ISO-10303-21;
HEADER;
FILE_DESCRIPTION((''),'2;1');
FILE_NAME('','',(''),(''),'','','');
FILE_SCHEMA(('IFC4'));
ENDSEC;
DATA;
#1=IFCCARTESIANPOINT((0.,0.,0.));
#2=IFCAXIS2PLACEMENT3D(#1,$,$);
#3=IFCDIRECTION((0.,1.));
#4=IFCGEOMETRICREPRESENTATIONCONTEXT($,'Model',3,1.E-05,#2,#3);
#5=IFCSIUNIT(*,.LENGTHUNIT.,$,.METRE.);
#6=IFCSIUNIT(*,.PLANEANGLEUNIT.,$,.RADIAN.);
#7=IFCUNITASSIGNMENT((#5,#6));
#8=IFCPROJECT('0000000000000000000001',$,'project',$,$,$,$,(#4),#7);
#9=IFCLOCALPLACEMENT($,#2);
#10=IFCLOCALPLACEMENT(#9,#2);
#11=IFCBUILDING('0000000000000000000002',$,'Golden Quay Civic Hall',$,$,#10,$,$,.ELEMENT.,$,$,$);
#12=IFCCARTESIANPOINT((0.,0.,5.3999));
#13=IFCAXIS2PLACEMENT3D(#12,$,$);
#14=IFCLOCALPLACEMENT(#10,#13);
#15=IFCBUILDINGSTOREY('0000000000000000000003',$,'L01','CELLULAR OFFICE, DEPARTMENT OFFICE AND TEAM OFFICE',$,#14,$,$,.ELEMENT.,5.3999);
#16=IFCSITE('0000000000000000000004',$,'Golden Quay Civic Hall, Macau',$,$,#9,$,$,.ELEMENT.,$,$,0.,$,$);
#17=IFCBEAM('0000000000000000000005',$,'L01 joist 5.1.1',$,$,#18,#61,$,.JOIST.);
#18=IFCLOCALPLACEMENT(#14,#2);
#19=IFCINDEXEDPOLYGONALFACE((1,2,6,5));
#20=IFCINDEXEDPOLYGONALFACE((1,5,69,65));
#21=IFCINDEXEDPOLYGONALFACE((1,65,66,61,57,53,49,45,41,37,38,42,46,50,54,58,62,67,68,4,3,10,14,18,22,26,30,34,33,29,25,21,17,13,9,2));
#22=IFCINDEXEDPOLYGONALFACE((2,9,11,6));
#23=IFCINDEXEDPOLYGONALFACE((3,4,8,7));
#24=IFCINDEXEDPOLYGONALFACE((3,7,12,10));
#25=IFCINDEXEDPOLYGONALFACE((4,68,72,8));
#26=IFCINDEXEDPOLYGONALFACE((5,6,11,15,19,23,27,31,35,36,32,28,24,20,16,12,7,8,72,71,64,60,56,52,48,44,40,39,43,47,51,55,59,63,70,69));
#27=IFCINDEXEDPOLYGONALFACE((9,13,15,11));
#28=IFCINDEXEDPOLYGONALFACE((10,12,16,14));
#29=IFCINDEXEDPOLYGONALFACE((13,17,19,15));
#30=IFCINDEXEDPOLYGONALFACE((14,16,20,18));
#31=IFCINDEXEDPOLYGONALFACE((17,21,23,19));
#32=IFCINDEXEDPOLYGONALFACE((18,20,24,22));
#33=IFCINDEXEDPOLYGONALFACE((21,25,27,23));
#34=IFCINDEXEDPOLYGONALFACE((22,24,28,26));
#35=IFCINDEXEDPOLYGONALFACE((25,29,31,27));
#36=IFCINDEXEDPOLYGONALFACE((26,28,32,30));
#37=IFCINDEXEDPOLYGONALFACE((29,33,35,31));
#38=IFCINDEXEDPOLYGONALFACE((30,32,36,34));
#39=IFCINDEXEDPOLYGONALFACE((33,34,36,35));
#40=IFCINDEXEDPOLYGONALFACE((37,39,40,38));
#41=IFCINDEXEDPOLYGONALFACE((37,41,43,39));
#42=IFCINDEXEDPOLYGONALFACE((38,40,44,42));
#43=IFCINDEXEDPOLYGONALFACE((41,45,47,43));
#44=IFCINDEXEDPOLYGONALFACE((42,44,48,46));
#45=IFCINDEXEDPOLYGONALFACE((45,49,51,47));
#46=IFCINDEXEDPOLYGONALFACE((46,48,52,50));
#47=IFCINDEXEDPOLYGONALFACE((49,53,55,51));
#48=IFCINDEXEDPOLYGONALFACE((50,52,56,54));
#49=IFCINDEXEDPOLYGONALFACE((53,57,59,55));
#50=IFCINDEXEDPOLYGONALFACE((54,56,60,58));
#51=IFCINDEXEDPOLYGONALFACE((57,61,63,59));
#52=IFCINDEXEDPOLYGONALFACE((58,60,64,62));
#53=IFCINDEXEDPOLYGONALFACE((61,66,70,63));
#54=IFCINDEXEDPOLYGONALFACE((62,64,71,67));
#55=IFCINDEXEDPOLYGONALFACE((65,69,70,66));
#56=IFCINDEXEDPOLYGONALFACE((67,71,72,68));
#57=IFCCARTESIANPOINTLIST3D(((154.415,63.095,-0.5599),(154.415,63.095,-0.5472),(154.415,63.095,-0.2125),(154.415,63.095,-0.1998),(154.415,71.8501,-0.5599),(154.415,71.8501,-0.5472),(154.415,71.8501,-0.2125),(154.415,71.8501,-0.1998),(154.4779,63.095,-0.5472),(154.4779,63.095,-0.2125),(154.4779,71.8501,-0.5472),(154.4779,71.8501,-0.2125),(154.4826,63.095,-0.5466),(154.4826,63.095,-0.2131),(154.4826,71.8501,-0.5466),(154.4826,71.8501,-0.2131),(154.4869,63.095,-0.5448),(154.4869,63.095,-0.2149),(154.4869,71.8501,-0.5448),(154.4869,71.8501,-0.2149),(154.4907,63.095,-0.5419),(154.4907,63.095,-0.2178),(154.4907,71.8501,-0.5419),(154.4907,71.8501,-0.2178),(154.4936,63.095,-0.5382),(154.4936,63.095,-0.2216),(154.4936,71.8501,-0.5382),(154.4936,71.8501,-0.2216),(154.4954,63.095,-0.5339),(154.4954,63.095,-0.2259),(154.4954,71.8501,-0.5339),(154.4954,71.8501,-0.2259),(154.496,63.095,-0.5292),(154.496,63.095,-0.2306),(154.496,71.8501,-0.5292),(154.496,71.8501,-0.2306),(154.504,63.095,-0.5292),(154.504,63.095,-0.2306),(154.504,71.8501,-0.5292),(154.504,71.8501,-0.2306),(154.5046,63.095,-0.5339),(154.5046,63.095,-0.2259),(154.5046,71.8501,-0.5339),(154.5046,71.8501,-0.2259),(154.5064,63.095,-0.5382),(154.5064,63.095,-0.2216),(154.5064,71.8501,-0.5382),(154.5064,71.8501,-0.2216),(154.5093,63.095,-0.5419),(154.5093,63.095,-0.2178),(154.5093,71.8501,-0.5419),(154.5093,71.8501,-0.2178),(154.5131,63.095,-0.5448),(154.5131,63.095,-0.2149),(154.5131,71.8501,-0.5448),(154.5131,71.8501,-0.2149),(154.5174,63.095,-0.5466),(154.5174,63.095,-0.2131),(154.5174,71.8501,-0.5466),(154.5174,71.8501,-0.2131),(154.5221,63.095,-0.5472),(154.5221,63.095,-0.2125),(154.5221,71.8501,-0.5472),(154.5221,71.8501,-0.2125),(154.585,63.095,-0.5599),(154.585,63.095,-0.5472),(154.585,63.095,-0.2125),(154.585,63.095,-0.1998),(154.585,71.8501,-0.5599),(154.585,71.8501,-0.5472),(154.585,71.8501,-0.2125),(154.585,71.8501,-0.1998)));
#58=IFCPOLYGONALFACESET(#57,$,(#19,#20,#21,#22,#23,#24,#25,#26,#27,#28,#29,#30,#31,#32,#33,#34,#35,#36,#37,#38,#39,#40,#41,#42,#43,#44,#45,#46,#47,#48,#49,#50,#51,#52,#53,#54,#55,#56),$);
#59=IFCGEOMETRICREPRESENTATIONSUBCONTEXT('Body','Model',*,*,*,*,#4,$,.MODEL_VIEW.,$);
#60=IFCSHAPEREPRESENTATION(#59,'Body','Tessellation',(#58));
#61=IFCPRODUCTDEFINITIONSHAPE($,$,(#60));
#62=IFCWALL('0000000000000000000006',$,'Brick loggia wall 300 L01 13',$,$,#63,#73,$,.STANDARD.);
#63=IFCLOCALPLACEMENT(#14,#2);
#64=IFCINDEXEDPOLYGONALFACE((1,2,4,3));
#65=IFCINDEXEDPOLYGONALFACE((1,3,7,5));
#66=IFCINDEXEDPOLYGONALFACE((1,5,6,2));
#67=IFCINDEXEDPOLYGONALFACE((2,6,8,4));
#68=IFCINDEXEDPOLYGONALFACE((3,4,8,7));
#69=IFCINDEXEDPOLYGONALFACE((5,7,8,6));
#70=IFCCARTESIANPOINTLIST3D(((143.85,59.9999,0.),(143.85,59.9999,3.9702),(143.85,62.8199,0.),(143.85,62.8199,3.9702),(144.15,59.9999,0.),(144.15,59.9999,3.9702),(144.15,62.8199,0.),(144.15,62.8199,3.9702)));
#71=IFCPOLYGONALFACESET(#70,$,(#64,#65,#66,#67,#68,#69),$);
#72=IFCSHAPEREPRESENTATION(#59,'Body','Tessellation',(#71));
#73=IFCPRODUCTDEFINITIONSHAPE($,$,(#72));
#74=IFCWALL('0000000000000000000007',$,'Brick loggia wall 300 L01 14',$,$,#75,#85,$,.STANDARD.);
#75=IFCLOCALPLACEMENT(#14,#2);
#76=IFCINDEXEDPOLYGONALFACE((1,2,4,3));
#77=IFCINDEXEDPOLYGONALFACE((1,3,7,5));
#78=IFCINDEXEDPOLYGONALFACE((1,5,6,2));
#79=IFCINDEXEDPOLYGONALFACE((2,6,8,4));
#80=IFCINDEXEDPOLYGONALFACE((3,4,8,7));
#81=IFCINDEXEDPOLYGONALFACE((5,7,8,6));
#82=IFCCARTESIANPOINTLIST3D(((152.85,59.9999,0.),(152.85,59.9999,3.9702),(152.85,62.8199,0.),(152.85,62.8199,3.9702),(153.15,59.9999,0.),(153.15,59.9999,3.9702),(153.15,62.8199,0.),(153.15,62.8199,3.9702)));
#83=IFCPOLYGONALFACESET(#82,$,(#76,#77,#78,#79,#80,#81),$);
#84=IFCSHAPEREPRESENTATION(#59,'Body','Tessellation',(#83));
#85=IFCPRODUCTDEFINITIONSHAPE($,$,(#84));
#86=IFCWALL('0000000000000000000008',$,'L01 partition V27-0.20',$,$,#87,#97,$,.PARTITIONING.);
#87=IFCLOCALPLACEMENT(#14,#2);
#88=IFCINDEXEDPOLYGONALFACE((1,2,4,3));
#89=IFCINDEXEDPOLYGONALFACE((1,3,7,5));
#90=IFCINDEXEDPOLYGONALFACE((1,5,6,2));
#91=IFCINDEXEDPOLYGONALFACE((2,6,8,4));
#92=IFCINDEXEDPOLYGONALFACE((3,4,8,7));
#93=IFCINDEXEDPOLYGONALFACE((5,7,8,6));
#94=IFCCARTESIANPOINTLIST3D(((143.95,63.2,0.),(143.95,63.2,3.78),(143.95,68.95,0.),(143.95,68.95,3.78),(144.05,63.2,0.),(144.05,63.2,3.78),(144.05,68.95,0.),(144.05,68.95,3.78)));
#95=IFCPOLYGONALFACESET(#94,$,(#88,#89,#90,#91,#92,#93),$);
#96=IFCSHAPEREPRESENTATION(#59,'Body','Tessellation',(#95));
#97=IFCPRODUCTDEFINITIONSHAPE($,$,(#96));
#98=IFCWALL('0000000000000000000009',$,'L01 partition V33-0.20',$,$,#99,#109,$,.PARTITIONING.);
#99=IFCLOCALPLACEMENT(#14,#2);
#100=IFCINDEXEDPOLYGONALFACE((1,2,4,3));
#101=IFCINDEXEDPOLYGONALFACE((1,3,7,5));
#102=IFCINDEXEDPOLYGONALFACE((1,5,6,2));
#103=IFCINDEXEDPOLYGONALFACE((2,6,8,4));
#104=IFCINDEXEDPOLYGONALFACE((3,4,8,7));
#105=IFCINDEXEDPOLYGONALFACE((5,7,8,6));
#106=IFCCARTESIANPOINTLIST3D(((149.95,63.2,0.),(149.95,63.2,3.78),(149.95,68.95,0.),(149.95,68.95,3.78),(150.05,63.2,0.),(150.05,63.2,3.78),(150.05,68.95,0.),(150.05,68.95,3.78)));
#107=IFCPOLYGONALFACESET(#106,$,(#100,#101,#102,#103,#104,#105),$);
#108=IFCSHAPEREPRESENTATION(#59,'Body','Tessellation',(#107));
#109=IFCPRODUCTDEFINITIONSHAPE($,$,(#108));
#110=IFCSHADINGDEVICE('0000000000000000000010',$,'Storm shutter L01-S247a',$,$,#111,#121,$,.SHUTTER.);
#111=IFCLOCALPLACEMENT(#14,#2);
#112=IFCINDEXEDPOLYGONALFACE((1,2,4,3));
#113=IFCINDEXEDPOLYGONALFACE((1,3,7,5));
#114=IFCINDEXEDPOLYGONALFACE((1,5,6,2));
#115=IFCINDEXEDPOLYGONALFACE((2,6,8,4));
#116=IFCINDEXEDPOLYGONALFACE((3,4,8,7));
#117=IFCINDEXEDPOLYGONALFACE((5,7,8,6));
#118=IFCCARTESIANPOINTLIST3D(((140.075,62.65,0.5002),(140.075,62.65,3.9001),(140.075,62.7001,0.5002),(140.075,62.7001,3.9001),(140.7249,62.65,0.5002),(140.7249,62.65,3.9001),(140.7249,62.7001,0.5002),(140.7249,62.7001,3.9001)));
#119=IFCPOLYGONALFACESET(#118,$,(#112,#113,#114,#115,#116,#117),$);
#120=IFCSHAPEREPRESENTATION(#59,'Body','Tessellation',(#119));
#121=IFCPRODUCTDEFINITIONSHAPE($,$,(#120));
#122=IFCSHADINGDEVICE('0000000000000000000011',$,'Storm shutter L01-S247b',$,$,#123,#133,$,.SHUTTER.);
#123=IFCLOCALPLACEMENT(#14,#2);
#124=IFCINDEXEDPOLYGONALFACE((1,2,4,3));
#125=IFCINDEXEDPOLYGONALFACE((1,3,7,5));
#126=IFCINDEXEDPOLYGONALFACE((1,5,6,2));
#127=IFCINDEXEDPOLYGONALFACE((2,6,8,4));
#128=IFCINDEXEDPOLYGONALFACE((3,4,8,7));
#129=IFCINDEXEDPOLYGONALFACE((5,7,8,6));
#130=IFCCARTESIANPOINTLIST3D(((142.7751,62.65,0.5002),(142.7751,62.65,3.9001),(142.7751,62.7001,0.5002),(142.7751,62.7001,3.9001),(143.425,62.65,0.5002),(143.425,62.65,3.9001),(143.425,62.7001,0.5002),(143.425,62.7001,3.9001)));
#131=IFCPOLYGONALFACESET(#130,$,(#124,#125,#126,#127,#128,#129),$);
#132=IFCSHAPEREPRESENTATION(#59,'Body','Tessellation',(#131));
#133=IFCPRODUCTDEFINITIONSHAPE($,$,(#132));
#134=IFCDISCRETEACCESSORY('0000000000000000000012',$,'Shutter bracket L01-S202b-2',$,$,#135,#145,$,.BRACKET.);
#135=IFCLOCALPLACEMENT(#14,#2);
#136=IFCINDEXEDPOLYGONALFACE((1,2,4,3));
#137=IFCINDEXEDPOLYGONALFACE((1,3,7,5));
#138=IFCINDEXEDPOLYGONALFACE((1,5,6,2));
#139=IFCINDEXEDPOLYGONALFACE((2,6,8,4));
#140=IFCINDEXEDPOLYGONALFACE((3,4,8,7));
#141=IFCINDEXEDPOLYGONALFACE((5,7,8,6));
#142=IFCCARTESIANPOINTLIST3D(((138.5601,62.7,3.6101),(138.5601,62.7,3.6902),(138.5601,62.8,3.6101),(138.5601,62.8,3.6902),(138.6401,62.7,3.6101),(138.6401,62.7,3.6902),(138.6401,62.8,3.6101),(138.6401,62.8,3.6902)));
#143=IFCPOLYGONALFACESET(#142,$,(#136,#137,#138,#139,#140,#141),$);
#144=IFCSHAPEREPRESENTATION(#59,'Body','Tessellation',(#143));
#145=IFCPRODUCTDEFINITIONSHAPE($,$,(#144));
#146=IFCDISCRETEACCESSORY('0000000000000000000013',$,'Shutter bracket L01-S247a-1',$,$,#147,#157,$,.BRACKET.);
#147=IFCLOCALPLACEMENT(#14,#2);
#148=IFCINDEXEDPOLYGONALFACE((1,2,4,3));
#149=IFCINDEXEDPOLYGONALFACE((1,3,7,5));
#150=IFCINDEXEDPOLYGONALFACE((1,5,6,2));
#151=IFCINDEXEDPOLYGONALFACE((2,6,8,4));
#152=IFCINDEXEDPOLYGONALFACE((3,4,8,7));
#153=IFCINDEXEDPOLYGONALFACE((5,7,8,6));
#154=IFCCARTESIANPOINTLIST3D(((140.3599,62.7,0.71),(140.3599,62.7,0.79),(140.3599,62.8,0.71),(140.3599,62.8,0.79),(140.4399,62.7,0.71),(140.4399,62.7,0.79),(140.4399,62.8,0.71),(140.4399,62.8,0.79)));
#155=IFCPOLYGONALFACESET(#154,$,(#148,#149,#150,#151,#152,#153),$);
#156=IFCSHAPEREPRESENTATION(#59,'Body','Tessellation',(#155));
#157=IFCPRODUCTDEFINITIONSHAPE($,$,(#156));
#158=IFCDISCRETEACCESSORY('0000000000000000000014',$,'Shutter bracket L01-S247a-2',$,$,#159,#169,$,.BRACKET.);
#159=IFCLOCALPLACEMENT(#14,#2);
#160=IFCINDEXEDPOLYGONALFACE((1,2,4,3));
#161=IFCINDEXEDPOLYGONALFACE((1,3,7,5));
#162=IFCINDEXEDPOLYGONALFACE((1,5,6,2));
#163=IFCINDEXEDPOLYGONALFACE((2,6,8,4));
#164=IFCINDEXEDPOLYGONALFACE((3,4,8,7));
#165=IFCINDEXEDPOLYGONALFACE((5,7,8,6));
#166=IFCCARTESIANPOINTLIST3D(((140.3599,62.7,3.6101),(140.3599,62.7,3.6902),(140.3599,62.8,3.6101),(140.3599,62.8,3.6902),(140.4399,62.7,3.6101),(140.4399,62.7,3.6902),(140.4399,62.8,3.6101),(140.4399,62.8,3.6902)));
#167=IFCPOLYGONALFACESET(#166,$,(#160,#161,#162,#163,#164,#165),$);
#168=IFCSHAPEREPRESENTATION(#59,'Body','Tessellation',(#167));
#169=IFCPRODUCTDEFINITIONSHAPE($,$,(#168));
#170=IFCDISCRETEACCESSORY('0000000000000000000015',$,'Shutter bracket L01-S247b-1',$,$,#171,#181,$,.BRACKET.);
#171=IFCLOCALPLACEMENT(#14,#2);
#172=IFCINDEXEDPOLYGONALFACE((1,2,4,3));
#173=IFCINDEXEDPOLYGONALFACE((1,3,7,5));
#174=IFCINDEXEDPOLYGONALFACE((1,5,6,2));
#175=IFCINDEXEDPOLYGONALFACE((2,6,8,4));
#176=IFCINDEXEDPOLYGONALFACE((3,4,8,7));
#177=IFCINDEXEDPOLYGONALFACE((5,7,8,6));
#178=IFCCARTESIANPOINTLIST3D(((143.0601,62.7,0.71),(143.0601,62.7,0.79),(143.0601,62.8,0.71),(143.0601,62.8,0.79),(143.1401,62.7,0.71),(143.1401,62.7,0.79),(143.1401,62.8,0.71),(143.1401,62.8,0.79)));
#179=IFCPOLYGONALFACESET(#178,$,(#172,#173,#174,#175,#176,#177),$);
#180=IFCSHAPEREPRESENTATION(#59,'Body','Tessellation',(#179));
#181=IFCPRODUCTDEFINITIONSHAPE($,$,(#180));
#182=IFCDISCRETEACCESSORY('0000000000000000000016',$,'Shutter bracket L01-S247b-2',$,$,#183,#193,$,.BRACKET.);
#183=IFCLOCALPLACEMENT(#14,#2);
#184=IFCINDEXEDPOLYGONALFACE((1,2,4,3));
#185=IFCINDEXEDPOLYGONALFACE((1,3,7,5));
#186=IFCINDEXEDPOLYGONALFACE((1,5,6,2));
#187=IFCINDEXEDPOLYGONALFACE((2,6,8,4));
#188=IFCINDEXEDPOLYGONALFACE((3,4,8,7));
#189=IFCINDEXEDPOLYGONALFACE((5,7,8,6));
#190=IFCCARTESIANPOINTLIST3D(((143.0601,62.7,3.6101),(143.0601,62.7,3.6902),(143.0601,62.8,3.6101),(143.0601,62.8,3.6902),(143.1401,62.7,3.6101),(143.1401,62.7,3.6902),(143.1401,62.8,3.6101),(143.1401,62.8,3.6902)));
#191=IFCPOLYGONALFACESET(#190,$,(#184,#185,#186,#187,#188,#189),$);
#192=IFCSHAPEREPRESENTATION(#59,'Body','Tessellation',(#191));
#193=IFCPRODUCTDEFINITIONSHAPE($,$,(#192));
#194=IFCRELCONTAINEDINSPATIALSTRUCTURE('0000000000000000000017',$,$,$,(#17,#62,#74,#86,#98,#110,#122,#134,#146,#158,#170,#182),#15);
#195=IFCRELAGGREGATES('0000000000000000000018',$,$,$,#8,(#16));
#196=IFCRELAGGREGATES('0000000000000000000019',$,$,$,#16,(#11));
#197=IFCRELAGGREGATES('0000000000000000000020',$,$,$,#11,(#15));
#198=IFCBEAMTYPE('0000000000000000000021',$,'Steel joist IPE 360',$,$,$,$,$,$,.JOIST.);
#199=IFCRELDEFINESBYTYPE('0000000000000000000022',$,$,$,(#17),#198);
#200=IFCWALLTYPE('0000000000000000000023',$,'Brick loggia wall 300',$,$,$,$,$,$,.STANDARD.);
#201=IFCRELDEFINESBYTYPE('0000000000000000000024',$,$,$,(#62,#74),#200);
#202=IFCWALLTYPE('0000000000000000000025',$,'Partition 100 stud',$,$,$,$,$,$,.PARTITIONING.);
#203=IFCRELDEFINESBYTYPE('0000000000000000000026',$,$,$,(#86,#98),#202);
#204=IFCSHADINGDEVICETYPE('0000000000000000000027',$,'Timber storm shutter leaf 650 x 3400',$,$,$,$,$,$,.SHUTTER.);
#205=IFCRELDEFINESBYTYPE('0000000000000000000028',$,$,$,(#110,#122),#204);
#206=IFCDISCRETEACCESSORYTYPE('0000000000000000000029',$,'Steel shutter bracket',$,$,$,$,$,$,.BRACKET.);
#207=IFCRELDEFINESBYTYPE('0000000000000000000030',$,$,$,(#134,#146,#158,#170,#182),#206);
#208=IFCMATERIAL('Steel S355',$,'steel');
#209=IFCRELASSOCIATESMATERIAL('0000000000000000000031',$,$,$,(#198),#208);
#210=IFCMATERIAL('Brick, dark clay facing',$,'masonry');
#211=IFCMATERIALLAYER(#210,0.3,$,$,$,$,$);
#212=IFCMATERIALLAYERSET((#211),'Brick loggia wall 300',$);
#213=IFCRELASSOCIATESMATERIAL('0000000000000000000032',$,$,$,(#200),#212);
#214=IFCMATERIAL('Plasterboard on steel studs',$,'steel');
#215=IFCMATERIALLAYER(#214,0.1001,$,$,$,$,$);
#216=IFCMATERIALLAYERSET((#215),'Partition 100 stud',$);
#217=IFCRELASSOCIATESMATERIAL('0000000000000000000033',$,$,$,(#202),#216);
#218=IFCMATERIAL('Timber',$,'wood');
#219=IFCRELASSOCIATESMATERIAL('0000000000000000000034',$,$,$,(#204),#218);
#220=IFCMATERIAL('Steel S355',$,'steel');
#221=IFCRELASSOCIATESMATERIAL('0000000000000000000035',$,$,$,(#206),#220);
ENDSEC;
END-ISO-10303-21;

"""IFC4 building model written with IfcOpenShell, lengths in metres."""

from ifc_helpers import new_model, si_unit, direction, frame, frame_2d, origin, origin_2d, place, context, subcontext, project, spatial, rectangle, i_section, extrude, material, layer, layer_set, material_profile, profile_set, type_object, element, save


model = new_model("IFC4")

# Units and contexts
model_context = context("Model", 3, precision=1e-05, world=origin(), true_north=direction((0.0, 1.0)))
body_context = subcontext(model_context, "Body", "Model", "MODEL_VIEW")
ifc_project = project(units=[si_unit("LENGTHUNIT", "METRE"), si_unit("PLANEANGLEUNIT", "RADIAN")], contexts=[model_context])

# Site, building, storey
site_placement = place(None, origin())
site = spatial("IfcSite", under=ifc_project, at=site_placement, Name="Golden Quay Civic Hall, Macau", CompositionType="ELEMENT", RefElevation=0.0)
building_placement = place(site_placement, origin())
building = spatial("IfcBuilding", under=site, at=building_placement, Name="Golden Quay Civic Hall", CompositionType="ELEMENT")
storey_placement = place(building_placement, frame((0.0, 0.0, 5.3999)))
storey = spatial("IfcBuildingStorey", under=building, at=storey_placement, Name="L01", Description="CELLULAR OFFICE, DEPARTMENT OFFICE AND TEAM OFFICE", CompositionType="ELEMENT", Elevation=5.3999)

# Beam
ifc_material_1 = material(Name="Steel S355", Category="steel")
ifc_material_profile_1 = material_profile(ifc_material_1, i_section(OverallWidth=0.1699, OverallDepth=0.3601, WebThickness=0.0081, FlangeThickness=0.0127, FilletRadius=0.0181, at=origin_2d()), Name="IPE 360")
ifc_profile_set_1 = profile_set([ifc_material_profile_1], Name="Steel S355")
beam_type_1 = type_object("IfcBeamType", Name="Steel joist IPE 360", PredefinedType="JOIST", material=ifc_profile_set_1)
for number, where, z_axis, x_axis, name in (
    (1, (154.5, 63.095, -0.3799), (0.0, 1.0, 0.0), (-1.0, 0.0, 0.0), "L01 joist 5.1.1"),
):
    element("IfcBeam", number, at=place(storey_placement, frame(where, z_axis=z_axis, x_axis=x_axis)), inside=storey, type_object=beam_type_1, Name=name, PredefinedType="JOIST", context=body_context, shape_type="SweptSolid", body=[
        extrude(i_section(OverallWidth=0.1699, OverallDepth=0.3601, WebThickness=0.0081, FlangeThickness=0.0127, FilletRadius=0.0181, at=origin_2d()), origin(), (0.0, 0.0, 1.0), 8.7551),
    ])

# Walls
ifc_material_2 = material(Name="Brick, dark clay facing", Category="masonry")
ifc_layer_1 = layer(ifc_material_2, 0.3)
ifc_layer_set_1 = layer_set([ifc_layer_1], Name="Brick loggia wall 300")
wall_type_1 = type_object("IfcWallType", Name="Brick loggia wall 300", PredefinedType="STANDARD", material=ifc_layer_set_1)
for number, where, z_axis, x_axis, name in (
    (2, (144.0, 62.8201, 0.0), (0.0, 0.0, 1.0), (0.0, -1.0, 0.0), "Brick loggia wall 300 L01 13"),
    (3, (153.0, 62.8201, 0.0), (0.0, 0.0, 1.0), (0.0, -1.0, 0.0), "Brick loggia wall 300 L01 14"),
):
    element("IfcWall", number, at=place(storey_placement, frame(where, z_axis=z_axis, x_axis=x_axis)), inside=storey, type_object=wall_type_1, Name=name, PredefinedType="STANDARD", context=body_context, shape_type="SweptSolid", body=[
        extrude(rectangle(XDim=2.8201, YDim=0.3, at=frame_2d((1.4102, 0.0))), origin(), (0.0, 0.0, 1.0), 3.9702),
    ])
ifc_material_3 = material(Name="Plasterboard on steel studs", Category="steel")
ifc_layer_2 = layer(ifc_material_3, 0.1001)
ifc_layer_set_2 = layer_set([ifc_layer_2], Name="Partition 100 stud")
wall_type_2 = type_object("IfcWallType", Name="Partition 100 stud", PredefinedType="PARTITIONING", material=ifc_layer_set_2)
for number, where, z_axis, x_axis, name in (
    (4, (144.0, 63.2, 0.0), (0.0, 0.0, 1.0), (0.0, 1.0, 0.0), "L01 partition V27-0.20"),
    (5, (150.0, 63.2, 0.0), (0.0, 0.0, 1.0), (0.0, 1.0, 0.0), "L01 partition V33-0.20"),
):
    element("IfcWall", number, at=place(storey_placement, frame(where, z_axis=z_axis, x_axis=x_axis)), inside=storey, type_object=wall_type_2, Name=name, PredefinedType="PARTITIONING", context=body_context, shape_type="SweptSolid", body=[
        extrude(rectangle(XDim=5.75, YDim=0.1001, at=frame_2d((2.875, 0.0))), origin(), (0.0, 0.0, 1.0), 3.78),
    ])

# Shading devices
ifc_material_4 = material(Name="Timber", Category="wood")
shading_device_type = type_object("IfcShadingDeviceType", Name="Timber storm shutter leaf 650 x 3400", PredefinedType="SHUTTER", material=ifc_material_4)
for number, where, z_axis, x_axis, name in (
    (6, (140.3999, 62.675, 0.5002), (0.0, 0.0, 1.0), (1.0, 0.0, 0.0), "Storm shutter L01-S247a"),
    (7, (143.1001, 62.675, 0.5002), (0.0, 0.0, 1.0), (1.0, 0.0, 0.0), "Storm shutter L01-S247b"),
):
    element("IfcShadingDevice", number, at=place(storey_placement, frame(where, z_axis=z_axis, x_axis=x_axis)), inside=storey, type_object=shading_device_type, Name=name, PredefinedType="SHUTTER", context=body_context, shape_type="SweptSolid", body=[
        extrude(rectangle(XDim=0.6499, YDim=0.05, at=origin_2d()), origin(), (0.0, 0.0, 1.0), 3.3999),
    ])

# Discrete accessories
ifc_material_5 = material(Name="Steel S355", Category="steel")
discrete_accessory_type = type_object("IfcDiscreteAccessoryType", Name="Steel shutter bracket", PredefinedType="BRACKET", material=ifc_material_5)
for number, where, z_axis, x_axis, name in (
    (8, (138.6001, 62.75, 3.6101), (0.0, 0.0, 1.0), (1.0, 0.0, 0.0), "Shutter bracket L01-S202b-2"),
    (9, (140.3999, 62.75, 0.71), (0.0, 0.0, 1.0), (1.0, 0.0, 0.0), "Shutter bracket L01-S247a-1"),
    (10, (140.3999, 62.75, 3.6101), (0.0, 0.0, 1.0), (1.0, 0.0, 0.0), "Shutter bracket L01-S247a-2"),
    (11, (143.1001, 62.75, 0.71), (0.0, 0.0, 1.0), (1.0, 0.0, 0.0), "Shutter bracket L01-S247b-1"),
    (12, (143.1001, 62.75, 3.6101), (0.0, 0.0, 1.0), (1.0, 0.0, 0.0), "Shutter bracket L01-S247b-2"),
):
    element("IfcDiscreteAccessory", number, at=place(storey_placement, frame(where, z_axis=z_axis, x_axis=x_axis)), inside=storey, type_object=discrete_accessory_type, Name=name, PredefinedType="BRACKET", context=body_context, shape_type="SweptSolid", body=[
        extrude(rectangle(XDim=0.0801, YDim=0.1001, at=origin_2d()), origin(), (0.0, 0.0, 1.0), 0.0801),
    ])

save(model, "model.ifc")
